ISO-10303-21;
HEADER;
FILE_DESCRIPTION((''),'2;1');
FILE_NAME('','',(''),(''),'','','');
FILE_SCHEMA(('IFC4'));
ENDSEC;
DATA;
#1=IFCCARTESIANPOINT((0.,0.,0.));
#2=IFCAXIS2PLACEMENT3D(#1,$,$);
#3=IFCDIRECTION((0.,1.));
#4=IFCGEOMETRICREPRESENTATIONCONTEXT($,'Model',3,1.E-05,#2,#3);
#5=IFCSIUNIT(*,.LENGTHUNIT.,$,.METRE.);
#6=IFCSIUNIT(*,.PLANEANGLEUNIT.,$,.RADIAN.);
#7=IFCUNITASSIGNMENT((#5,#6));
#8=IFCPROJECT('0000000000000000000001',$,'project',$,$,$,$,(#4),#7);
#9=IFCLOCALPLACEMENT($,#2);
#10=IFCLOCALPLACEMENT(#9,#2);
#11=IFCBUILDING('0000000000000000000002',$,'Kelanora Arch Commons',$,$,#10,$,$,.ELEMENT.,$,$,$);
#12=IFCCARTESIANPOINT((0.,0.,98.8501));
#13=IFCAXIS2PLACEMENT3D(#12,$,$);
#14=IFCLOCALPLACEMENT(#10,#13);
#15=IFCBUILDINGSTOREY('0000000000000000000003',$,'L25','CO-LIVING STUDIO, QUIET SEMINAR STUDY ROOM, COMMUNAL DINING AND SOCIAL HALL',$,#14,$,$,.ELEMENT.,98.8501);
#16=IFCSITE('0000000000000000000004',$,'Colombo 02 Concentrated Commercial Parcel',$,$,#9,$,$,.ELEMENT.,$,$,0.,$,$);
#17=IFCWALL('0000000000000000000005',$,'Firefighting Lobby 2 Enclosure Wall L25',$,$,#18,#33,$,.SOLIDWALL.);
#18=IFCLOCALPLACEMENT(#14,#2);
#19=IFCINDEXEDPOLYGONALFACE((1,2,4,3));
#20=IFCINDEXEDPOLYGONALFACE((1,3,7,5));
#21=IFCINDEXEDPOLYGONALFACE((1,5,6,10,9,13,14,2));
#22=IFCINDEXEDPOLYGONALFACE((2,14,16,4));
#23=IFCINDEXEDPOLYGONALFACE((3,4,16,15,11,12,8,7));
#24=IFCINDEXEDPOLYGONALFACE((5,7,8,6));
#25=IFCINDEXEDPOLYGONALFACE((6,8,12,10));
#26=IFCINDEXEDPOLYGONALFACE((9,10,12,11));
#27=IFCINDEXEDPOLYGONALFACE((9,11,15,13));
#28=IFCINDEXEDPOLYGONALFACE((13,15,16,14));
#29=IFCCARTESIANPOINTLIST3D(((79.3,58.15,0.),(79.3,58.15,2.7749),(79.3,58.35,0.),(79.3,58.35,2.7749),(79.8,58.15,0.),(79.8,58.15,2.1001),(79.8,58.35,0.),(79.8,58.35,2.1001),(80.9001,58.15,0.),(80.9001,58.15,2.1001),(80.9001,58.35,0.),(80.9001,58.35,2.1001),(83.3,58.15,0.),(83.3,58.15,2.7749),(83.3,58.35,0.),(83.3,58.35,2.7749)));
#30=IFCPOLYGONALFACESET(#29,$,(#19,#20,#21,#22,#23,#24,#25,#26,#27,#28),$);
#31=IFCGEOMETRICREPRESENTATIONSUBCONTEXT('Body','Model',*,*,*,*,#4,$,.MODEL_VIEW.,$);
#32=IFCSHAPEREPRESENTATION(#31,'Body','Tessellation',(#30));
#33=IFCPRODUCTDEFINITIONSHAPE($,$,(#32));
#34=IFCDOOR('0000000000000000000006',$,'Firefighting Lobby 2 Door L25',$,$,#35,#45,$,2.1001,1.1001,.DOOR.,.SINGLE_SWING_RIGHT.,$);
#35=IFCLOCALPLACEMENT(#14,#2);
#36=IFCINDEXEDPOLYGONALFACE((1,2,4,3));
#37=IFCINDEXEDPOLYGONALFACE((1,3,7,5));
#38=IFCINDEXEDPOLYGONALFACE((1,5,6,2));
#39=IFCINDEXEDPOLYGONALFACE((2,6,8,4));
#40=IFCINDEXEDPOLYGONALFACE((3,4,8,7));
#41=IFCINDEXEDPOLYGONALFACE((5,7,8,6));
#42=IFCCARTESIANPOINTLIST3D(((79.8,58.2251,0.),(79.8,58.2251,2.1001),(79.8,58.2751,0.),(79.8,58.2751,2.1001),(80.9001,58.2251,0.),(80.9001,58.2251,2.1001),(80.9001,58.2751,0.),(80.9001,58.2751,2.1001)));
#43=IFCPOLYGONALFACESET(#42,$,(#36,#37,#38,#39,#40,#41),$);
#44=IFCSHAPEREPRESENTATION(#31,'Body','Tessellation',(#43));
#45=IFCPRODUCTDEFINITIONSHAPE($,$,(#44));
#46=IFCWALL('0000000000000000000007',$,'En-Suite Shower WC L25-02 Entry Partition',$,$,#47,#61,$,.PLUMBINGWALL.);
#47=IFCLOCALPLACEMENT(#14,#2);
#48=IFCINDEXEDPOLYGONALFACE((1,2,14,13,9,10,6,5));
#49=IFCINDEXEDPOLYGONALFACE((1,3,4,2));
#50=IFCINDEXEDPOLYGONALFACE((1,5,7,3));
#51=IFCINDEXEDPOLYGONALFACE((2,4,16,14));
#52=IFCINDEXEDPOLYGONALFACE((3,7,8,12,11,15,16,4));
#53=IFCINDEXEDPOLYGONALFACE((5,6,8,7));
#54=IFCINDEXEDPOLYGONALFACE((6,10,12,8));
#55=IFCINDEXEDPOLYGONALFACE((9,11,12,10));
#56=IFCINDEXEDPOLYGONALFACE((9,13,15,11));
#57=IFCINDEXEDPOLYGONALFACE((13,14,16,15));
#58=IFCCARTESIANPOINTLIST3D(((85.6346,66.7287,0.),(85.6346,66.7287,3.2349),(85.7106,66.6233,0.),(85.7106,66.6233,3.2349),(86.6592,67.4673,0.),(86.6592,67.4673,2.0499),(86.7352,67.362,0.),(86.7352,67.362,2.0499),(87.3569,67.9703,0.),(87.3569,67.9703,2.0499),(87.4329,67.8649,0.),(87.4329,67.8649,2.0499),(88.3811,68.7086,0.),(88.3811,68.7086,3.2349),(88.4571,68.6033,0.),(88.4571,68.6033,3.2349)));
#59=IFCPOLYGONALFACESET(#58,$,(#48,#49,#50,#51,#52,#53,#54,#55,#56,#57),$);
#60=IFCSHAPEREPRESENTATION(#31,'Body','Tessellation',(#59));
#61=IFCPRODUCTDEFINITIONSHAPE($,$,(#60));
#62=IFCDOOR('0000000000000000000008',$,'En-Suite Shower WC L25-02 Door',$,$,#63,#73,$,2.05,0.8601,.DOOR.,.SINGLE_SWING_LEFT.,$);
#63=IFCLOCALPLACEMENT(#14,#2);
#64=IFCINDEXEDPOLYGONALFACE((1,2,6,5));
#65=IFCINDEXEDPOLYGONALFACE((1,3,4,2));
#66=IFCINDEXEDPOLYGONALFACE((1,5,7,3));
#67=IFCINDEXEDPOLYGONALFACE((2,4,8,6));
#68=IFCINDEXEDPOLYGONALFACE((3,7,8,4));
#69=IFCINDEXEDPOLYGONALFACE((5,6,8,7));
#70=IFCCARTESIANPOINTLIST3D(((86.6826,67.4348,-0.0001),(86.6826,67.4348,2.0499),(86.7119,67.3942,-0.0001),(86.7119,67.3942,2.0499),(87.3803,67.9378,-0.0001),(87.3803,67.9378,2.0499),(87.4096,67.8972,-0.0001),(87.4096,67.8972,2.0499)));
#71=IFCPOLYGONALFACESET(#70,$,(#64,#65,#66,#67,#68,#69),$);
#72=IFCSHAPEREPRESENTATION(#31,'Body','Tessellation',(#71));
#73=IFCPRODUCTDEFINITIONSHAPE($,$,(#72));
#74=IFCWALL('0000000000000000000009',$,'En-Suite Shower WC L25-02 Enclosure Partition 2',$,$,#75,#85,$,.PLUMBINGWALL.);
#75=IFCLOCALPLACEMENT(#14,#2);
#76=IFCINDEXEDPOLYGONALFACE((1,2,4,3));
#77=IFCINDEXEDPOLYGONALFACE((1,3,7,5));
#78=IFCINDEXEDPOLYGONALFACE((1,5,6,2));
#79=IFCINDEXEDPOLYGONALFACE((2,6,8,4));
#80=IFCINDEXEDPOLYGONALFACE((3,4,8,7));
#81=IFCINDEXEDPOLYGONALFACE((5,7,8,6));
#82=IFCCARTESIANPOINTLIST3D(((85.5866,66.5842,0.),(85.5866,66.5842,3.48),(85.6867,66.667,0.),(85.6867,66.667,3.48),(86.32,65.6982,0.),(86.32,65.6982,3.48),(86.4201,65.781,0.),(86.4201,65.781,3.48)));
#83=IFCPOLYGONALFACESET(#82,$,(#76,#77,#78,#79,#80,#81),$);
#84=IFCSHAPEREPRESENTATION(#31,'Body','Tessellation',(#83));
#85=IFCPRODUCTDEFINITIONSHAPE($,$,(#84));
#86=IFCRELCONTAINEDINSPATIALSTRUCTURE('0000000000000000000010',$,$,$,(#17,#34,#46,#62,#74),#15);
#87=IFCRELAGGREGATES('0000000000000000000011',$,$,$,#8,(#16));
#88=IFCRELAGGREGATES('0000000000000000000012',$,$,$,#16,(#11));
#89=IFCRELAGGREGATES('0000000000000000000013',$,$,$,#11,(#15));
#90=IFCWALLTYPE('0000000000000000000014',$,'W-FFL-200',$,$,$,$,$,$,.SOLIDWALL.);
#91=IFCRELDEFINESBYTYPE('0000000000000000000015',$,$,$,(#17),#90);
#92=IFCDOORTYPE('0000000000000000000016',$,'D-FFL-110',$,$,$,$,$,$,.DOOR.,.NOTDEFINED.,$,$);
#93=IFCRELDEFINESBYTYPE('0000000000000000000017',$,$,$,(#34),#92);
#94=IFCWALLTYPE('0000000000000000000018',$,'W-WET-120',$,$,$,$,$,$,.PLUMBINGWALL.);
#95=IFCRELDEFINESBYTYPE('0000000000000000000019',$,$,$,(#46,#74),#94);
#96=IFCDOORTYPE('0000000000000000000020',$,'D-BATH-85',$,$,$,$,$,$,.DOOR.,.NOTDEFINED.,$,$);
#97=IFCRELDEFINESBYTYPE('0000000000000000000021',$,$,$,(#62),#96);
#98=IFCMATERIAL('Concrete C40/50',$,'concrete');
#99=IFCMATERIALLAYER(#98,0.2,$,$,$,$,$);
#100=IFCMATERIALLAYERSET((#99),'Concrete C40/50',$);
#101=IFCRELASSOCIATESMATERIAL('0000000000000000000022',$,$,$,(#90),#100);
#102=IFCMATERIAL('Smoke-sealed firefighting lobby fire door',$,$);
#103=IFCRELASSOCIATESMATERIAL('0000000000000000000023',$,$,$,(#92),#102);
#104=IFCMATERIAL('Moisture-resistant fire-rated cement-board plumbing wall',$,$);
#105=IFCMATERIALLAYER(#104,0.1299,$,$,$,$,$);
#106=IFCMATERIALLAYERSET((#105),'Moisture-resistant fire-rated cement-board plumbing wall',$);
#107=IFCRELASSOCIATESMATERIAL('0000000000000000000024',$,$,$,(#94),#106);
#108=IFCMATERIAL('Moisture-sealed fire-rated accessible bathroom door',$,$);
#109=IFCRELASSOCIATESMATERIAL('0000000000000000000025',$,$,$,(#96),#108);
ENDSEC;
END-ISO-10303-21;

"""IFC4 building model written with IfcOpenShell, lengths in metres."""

from ifc_helpers import new_model, si_unit, direction, frame, frame_2d, origin, place, context, subcontext, project, spatial, rectangle, extrude, material, layer, layer_set, type_object, element, fill, save


model = new_model("IFC4")

# Units and contexts
model_context = context("Model", 3, precision=1e-05, world=origin(), true_north=direction((0.0, 1.0)))
body_context = subcontext(model_context, "Body", "Model", "MODEL_VIEW")
ifc_project = project(units=[si_unit("LENGTHUNIT", "METRE"), si_unit("PLANEANGLEUNIT", "RADIAN")], contexts=[model_context])

# Site, building, storey
site_placement = place(None, origin())
site = spatial("IfcSite", under=ifc_project, at=site_placement, Name="Colombo 02 Concentrated Commercial Parcel", CompositionType="ELEMENT", RefElevation=0.0)
building_placement = place(site_placement, origin())
building = spatial("IfcBuilding", under=site, at=building_placement, Name="Kelanora Arch Commons", CompositionType="ELEMENT")
storey_placement = place(building_placement, frame((0.0, 0.0, 98.8501)))
storey = spatial("IfcBuildingStorey", under=building, at=storey_placement, Name="L25", Description="CO-LIVING STUDIO, QUIET SEMINAR STUDY ROOM, COMMUNAL DINING AND SOCIAL HALL", CompositionType="ELEMENT", Elevation=98.8501)

# Walls, openings, doors
ifc_material_1 = material(Name="Concrete C40/50", Category="concrete")
ifc_layer_1 = layer(ifc_material_1, 0.2)
ifc_layer_set_1 = layer_set([ifc_layer_1], Name="Concrete C40/50")
wall_type_1 = type_object("IfcWallType", Name="W-FFL-200", PredefinedType="SOLIDWALL", material=ifc_layer_set_1)
wall_1_placement = place(storey_placement, frame((79.3, 58.25, 0.0), z_axis=(0.0, 0.0, 1.0), x_axis=(1.0, 0.0, 0.0)))
wall_1 = element("IfcWall", 1, at=wall_1_placement, inside=storey, type_object=wall_type_1, Name="Firefighting Lobby 2 Enclosure Wall L25", PredefinedType="SOLIDWALL", context=body_context, shape_type="SweptSolid", body=[
    extrude(rectangle(XDim=4.0, YDim=0.2, at=frame_2d((2.0, 0.0))), origin(), (0.0, 0.0, 1.0), 2.7749),
])
opening_1_placement = place(wall_1_placement, frame((0.5, 0.0, 0.0)))
opening_1 = element("IfcOpeningElement", 2, at=opening_1_placement, cuts=wall_1, PredefinedType="OPENING", context=body_context, shape_type="SweptSolid", body=[
    extrude(rectangle(XDim=1.1001, YDim=2.1001, at=frame_2d((0.55, 1.05))), frame((0.0, 0.1099, 0.0), z_axis=(0.0, -1.0, 0.0), x_axis=(1.0, 0.0, 0.0)), (0.0, 0.0, 1.0), 0.22),
])
ifc_material_2 = material(Name="Smoke-sealed firefighting lobby fire door")
door_type_1 = type_object("IfcDoorType", Name="D-FFL-110", OperationType="NOTDEFINED", PredefinedType="DOOR", material=ifc_material_2)
door_1_placement = place(opening_1_placement, frame((1.1001, 0.0, 0.0), z_axis=(0.0, 0.0, 1.0), x_axis=(-1.0, 0.0, 0.0)))
door_1 = element("IfcDoor", 3, at=door_1_placement, inside=storey, type_object=door_type_1, Name="Firefighting Lobby 2 Door L25", OperationType="SINGLE_SWING_RIGHT", OverallHeight=2.1001, OverallWidth=1.1001, PredefinedType="DOOR", context=body_context, shape_type="SweptSolid", body=[
    extrude(rectangle(XDim=1.1001, YDim=2.1001, at=frame_2d((0.55, 1.05))), frame((0.0, 0.0249, 0.0), z_axis=(0.0, -1.0, 0.0), x_axis=(1.0, 0.0, 0.0)), (0.0, 0.0, 1.0), 0.05),
])
fill(opening_1, door_1)
ifc_material_3 = material(Name="Moisture-resistant fire-rated cement-board plumbing wall")
ifc_layer_2 = layer(ifc_material_3, 0.1299)
ifc_layer_set_2 = layer_set([ifc_layer_2], Name="Moisture-resistant fire-rated cement-board plumbing wall")
wall_type_2 = type_object("IfcWallType", Name="W-WET-120", PredefinedType="PLUMBINGWALL", material=ifc_layer_set_2)
wall_2_placement = place(storey_placement, frame((85.6726, 66.676, 0.0), z_axis=(0.0, 0.0, 1.0), x_axis=(0.811192, 0.58478, 0.0)))
wall_2 = element("IfcWall", 4, at=wall_2_placement, inside=storey, type_object=wall_type_2, Name="En-Suite Shower WC L25-02 Entry Partition", PredefinedType="PLUMBINGWALL", context=body_context, shape_type="SweptSolid", body=[
    extrude(rectangle(XDim=3.3857, YDim=0.1299, at=frame_2d((1.6929, 0.0))), origin(), (0.0, 0.0, 1.0), 3.2349),
])
opening_2_placement = place(wall_2_placement, frame((1.2629, 0.0, 0.0)))
opening_2 = element("IfcOpeningElement", 5, at=opening_2_placement, cuts=wall_2, PredefinedType="OPENING", context=body_context, shape_type="SweptSolid", body=[
    extrude(rectangle(XDim=0.8601, YDim=2.05, at=frame_2d((0.4302, 1.0249))), frame((0.0, 0.075, 0.0), z_axis=(0.0, -1.0, 0.0), x_axis=(1.0, 0.0, 0.0)), (0.0, 0.0, 1.0), 0.1499),
])
ifc_material_4 = material(Name="Moisture-sealed fire-rated accessible bathroom door")
door_type_2 = type_object("IfcDoorType", Name="D-BATH-85", OperationType="NOTDEFINED", PredefinedType="DOOR", material=ifc_material_4)
door_2_placement = place(opening_2_placement, origin())
door_2 = element("IfcDoor", 6, at=door_2_placement, inside=storey, type_object=door_type_2, Name="En-Suite Shower WC L25-02 Door", OperationType="SINGLE_SWING_LEFT", OverallHeight=2.05, OverallWidth=0.8601, PredefinedType="DOOR", context=body_context, shape_type="SweptSolid", body=[
    extrude(rectangle(XDim=0.8601, YDim=2.05, at=frame_2d((0.4302, 1.0249))), frame((0.0, 0.0249, 0.0), z_axis=(0.0, -1.0, 0.0), x_axis=(1.0, 0.0, 0.0)), (0.0, 0.0, 1.0), 0.05),
])
fill(opening_2, door_2)

# Wall
wall_3_placement = place(storey_placement, frame((86.3701, 65.7395, 0.0), z_axis=(0.0, 0.0, 1.0), x_axis=(-0.637655, 0.770322, 0.0)))
element("IfcWall", 7, at=wall_3_placement, inside=storey, type_object=wall_type_2, Name="En-Suite Shower WC L25-02 Enclosure Partition 2", PredefinedType="PLUMBINGWALL", context=body_context, shape_type="SweptSolid", body=[
    extrude(rectangle(XDim=1.1501, YDim=0.1299, at=frame_2d((0.5752, 0.0))), origin(), (0.0, 0.0, 1.0), 3.48),
])

save(model, "model.ifc")
